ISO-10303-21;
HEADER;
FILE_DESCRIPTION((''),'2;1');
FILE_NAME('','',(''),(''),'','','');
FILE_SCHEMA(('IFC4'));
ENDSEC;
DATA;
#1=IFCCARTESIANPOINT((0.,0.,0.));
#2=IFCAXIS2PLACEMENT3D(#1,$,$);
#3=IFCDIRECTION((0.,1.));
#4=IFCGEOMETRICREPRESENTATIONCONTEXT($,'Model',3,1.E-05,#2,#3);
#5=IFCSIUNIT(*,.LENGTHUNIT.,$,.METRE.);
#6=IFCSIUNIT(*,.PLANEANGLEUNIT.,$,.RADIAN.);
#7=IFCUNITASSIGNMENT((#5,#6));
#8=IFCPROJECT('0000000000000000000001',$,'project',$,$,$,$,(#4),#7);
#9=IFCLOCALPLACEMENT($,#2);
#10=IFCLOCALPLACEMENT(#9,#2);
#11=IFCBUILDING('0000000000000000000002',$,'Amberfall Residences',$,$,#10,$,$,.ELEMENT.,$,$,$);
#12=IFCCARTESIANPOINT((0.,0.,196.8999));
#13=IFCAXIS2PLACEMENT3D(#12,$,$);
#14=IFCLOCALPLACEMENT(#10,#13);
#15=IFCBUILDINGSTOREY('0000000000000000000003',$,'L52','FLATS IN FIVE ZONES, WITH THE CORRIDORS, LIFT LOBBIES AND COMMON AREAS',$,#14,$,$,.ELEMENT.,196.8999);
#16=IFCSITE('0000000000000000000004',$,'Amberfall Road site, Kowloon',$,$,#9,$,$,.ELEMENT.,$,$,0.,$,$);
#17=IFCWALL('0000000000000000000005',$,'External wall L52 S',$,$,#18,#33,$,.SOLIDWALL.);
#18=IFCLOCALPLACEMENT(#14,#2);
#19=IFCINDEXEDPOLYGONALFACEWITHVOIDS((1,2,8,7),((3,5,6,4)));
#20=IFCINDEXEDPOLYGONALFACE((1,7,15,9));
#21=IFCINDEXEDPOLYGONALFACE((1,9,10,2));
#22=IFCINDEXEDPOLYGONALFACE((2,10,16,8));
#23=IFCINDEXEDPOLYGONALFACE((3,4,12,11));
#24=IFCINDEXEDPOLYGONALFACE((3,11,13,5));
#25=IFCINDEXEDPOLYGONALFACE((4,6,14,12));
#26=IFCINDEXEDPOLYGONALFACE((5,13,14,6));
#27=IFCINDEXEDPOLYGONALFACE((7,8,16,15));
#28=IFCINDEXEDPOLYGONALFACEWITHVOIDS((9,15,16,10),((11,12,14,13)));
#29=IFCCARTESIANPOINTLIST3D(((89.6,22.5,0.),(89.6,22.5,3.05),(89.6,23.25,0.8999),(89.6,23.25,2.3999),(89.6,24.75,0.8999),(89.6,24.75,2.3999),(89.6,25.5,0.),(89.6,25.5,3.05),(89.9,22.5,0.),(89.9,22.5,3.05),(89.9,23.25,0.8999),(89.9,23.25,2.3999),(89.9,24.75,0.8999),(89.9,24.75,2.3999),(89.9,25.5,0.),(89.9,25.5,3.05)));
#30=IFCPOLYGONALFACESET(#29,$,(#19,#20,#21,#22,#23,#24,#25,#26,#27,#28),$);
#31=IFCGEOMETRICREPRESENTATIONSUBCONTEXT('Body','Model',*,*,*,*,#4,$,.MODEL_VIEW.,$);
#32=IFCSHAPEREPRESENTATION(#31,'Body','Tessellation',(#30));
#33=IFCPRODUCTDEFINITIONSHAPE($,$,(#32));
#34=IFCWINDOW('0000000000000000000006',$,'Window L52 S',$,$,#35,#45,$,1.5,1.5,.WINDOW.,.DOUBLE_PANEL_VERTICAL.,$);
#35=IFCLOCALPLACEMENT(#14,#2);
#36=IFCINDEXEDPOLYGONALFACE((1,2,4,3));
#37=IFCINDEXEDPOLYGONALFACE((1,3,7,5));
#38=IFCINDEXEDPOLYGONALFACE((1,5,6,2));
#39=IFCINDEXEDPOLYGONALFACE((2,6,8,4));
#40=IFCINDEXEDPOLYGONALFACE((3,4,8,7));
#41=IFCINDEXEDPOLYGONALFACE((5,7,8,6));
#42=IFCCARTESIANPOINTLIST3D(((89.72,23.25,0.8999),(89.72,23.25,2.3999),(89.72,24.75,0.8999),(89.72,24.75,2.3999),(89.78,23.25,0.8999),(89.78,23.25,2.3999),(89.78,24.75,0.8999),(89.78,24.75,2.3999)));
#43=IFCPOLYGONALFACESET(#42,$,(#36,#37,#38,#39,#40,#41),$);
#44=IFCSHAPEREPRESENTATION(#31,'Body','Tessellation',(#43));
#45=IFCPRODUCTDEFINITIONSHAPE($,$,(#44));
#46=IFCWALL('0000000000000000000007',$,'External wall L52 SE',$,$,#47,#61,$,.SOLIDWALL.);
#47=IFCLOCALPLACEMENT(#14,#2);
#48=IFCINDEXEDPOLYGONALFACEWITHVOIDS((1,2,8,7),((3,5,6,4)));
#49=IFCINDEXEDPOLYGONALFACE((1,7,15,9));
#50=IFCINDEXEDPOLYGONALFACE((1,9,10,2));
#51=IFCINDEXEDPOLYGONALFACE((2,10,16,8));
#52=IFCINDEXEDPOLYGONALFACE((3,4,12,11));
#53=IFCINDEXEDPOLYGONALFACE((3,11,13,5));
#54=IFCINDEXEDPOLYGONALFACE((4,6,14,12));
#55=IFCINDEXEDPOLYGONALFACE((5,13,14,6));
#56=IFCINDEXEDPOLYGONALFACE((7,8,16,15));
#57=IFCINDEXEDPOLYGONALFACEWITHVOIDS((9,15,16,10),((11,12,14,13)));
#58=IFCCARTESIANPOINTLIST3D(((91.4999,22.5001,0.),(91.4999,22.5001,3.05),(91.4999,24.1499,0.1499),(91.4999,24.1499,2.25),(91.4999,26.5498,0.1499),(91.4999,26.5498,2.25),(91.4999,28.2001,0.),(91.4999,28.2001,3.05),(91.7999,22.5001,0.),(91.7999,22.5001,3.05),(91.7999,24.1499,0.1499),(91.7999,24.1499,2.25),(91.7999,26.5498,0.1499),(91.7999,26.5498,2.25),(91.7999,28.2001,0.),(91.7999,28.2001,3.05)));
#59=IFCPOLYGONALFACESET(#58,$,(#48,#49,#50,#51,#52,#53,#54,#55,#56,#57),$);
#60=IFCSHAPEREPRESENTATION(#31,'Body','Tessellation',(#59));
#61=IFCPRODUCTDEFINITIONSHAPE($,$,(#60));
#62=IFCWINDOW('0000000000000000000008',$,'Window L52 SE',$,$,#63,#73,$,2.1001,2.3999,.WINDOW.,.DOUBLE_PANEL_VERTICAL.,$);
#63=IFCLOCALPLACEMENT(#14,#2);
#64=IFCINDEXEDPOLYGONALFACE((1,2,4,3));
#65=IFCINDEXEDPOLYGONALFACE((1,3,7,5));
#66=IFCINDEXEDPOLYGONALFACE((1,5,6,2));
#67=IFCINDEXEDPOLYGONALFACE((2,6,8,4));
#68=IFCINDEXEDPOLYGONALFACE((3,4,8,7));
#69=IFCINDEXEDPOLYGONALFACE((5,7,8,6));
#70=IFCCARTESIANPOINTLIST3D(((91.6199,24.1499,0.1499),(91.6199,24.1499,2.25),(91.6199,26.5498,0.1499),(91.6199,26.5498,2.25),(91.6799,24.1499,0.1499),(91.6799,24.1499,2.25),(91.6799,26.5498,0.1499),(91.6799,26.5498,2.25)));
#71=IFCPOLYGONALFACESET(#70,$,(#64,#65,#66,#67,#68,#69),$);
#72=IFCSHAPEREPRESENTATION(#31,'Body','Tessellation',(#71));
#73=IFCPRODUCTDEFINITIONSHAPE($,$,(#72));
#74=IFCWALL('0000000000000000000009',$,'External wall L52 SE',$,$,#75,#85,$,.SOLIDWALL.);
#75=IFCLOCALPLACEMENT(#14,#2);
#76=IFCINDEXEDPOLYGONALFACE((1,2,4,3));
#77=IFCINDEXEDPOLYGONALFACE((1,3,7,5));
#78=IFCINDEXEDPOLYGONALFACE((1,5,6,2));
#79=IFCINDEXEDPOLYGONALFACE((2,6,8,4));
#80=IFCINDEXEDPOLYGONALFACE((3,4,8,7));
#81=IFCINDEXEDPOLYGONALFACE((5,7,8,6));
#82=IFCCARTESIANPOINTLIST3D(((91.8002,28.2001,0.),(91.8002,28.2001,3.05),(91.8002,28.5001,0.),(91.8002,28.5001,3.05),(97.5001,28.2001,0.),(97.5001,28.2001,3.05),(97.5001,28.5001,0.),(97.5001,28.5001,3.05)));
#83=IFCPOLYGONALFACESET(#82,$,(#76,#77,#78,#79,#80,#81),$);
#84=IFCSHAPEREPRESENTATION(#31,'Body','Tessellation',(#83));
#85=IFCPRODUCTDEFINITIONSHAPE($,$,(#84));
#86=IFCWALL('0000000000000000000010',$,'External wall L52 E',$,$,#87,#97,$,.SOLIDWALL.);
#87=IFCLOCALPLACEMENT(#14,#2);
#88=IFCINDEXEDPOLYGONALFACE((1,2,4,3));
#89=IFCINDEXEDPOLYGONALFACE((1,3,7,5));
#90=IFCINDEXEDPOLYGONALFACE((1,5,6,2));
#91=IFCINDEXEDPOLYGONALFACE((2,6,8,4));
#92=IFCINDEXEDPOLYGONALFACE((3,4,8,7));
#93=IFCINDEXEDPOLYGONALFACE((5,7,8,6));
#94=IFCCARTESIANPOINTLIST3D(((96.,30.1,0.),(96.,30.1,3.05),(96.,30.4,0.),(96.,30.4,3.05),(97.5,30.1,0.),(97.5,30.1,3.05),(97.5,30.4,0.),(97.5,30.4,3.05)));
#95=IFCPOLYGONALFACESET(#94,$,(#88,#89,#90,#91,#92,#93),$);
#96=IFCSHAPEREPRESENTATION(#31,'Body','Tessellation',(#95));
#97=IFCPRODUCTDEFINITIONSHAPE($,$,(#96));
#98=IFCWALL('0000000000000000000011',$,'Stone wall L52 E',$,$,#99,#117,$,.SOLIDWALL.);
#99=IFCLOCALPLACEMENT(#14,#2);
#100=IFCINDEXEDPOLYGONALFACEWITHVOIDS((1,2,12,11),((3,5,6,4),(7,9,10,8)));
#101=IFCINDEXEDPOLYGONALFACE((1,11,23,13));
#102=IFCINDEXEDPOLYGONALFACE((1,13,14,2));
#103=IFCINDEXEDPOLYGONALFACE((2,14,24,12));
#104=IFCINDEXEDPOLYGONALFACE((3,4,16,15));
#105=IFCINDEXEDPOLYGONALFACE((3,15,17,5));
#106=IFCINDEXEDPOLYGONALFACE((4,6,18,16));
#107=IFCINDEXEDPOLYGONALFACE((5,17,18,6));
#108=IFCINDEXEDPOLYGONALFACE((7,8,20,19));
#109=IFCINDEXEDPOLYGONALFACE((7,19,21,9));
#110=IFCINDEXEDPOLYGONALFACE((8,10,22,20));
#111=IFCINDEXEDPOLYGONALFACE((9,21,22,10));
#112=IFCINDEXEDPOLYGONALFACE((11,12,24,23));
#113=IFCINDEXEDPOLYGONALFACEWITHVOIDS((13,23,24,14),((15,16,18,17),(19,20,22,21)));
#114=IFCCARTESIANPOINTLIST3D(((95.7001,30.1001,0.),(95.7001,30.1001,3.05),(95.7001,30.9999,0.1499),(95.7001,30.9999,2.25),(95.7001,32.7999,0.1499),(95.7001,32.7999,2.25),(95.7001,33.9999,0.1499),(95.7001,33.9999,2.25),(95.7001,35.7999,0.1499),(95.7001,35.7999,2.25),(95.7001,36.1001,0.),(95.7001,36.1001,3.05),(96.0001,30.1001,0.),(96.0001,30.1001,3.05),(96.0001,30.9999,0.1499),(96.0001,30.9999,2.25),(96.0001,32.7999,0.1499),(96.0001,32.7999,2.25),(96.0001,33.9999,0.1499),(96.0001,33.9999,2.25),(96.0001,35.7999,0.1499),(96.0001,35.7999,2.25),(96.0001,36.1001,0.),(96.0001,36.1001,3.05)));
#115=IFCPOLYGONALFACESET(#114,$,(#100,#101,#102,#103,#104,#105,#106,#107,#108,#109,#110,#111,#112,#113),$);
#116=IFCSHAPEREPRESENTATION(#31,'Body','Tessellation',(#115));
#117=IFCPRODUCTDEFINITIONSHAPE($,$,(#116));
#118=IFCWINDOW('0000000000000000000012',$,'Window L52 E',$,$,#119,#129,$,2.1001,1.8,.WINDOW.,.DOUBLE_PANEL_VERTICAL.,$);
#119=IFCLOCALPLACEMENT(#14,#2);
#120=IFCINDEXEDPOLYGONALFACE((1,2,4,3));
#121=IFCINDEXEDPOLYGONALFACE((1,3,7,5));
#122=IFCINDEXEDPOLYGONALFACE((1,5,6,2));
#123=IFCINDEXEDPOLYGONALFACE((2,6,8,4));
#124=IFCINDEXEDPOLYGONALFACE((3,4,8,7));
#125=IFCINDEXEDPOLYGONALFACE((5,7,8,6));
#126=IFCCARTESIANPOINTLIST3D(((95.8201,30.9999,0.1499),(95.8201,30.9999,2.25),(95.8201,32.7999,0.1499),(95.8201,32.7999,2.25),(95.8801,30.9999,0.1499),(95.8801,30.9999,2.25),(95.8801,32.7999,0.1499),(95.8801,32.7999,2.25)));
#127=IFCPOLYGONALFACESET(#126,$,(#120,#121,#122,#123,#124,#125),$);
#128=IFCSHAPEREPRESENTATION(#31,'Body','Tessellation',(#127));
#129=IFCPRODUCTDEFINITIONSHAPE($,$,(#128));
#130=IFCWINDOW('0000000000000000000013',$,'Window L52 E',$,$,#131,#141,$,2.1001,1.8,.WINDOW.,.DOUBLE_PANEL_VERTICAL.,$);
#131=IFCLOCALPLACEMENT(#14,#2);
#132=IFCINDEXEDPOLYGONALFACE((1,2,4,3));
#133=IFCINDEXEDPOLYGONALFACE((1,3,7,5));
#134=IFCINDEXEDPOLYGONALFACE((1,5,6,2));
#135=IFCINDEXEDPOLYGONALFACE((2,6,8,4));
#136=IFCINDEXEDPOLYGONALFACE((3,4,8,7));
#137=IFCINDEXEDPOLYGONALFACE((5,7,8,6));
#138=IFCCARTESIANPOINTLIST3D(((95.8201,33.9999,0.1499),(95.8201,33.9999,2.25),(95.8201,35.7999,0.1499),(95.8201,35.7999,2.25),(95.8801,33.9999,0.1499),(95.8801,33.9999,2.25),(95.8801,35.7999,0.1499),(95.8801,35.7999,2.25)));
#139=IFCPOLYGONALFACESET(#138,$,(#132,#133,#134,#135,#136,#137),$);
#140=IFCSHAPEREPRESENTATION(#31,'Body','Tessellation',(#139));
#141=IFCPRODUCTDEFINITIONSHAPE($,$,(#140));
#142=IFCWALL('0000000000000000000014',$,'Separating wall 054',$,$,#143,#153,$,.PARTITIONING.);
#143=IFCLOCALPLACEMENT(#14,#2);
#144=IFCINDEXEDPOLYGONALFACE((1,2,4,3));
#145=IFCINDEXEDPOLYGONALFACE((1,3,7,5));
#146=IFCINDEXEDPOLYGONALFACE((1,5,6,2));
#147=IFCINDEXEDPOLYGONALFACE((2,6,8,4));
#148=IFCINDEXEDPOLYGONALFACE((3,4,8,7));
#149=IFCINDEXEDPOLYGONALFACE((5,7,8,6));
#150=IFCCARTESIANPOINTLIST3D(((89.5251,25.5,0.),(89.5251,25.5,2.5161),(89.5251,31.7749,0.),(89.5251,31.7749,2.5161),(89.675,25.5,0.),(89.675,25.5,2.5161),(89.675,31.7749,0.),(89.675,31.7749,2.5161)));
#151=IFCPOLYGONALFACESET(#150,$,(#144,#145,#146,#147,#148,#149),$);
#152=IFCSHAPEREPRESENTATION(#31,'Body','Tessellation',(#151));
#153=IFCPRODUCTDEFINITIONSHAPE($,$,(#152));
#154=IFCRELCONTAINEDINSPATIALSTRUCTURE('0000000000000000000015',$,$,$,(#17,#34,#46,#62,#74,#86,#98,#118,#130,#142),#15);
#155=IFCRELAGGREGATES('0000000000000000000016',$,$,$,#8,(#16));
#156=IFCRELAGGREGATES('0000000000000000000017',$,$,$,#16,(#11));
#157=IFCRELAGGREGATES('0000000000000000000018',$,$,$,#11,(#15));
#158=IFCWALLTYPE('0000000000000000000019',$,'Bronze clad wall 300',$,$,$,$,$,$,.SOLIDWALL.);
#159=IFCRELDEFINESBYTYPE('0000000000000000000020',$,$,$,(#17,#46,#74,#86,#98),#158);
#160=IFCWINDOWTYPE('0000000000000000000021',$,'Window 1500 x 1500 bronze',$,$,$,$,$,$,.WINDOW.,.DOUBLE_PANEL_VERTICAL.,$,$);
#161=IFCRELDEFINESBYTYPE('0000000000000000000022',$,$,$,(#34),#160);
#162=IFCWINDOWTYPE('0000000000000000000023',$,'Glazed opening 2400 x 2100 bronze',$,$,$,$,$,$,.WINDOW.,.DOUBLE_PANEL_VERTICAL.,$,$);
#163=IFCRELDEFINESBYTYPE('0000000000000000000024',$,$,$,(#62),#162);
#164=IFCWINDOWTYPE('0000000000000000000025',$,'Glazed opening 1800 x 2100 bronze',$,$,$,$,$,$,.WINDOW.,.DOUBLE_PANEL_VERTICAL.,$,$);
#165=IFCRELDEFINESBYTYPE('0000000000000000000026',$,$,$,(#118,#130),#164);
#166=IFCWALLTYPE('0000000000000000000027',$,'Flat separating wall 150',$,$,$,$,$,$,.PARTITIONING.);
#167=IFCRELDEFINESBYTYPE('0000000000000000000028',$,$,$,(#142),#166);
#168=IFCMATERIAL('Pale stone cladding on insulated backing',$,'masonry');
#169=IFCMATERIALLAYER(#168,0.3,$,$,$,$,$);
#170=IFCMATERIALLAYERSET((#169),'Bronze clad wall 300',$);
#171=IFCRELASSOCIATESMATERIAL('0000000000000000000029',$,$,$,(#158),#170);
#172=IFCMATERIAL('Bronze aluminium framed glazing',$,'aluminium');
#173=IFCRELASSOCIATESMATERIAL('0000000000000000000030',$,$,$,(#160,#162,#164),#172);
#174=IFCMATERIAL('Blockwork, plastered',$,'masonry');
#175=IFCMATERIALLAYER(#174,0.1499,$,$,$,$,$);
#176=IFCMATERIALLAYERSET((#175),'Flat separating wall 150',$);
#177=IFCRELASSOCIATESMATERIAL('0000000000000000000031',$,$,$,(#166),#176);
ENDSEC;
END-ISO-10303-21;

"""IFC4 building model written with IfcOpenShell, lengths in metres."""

from ifc_helpers import new_model, si_unit, direction, frame, frame_2d, origin, place, context, subcontext, project, spatial, rectangle, extrude, material, layer, layer_set, type_object, element, fill, save


model = new_model("IFC4")

# Units and contexts
model_context = context("Model", 3, precision=1e-05, world=origin(), true_north=direction((0.0, 1.0)))
body_context = subcontext(model_context, "Body", "Model", "MODEL_VIEW")
ifc_project = project(units=[si_unit("LENGTHUNIT", "METRE"), si_unit("PLANEANGLEUNIT", "RADIAN")], contexts=[model_context])

# Site, building, storey
site_placement = place(None, origin())
site = spatial("IfcSite", under=ifc_project, at=site_placement, Name="Amberfall Road site, Kowloon", CompositionType="ELEMENT", RefElevation=0.0)
building_placement = place(site_placement, origin())
building = spatial("IfcBuilding", under=site, at=building_placement, Name="Amberfall Residences", CompositionType="ELEMENT")
storey_placement = place(building_placement, frame((0.0, 0.0, 196.8999)))
storey = spatial("IfcBuildingStorey", under=building, at=storey_placement, Name="L52", Description="FLATS IN FIVE ZONES, WITH THE CORRIDORS, LIFT LOBBIES AND COMMON AREAS", CompositionType="ELEMENT", Elevation=196.8999)

# Walls, openings, windows
ifc_material_1 = material(Name="Pale stone cladding on insulated backing", Category="masonry")
ifc_layer_1 = layer(ifc_material_1, 0.3)
ifc_layer_set_1 = layer_set([ifc_layer_1], Name="Bronze clad wall 300")
wall_type_1 = type_object("IfcWallType", Name="Bronze clad wall 300", PredefinedType="SOLIDWALL", material=ifc_layer_set_1)
wall_1_placement = place(storey_placement, frame((89.75, 25.5, 0.0), z_axis=(0.0, 0.0, 1.0), x_axis=(0.0, -1.0, 0.0)))
wall_1 = element("IfcWall", 1, at=wall_1_placement, inside=storey, type_object=wall_type_1, Name="External wall L52 S", PredefinedType="SOLIDWALL", context=body_context, shape_type="SweptSolid", body=[
    extrude(rectangle(XDim=3.0, YDim=0.3, at=frame_2d((1.5, 0.0))), origin(), (0.0, 0.0, 1.0), 3.05),
])
opening_1_placement = place(wall_1_placement, frame((0.75, 0.0, 0.8999)))
opening_1 = element("IfcOpeningElement", 2, at=opening_1_placement, cuts=wall_1, PredefinedType="OPENING", context=body_context, shape_type="SweptSolid", body=[
    extrude(rectangle(XDim=1.5, YDim=1.5, at=frame_2d((0.75, 0.75))), frame((0.0, 0.1599, 0.0), z_axis=(0.0, -1.0, 0.0), x_axis=(1.0, 0.0, 0.0)), (0.0, 0.0, 1.0), 0.3201),
])
ifc_material_2 = material(Name="Bronze aluminium framed glazing", Category="aluminium")
window_type_1 = type_object("IfcWindowType", Name="Window 1500 x 1500 bronze", PartitioningType="DOUBLE_PANEL_VERTICAL", PredefinedType="WINDOW", material=ifc_material_2)
window_1_placement = place(opening_1_placement, origin())
window_1 = element("IfcWindow", 3, at=window_1_placement, inside=storey, type_object=window_type_1, Name="Window L52 S", OverallHeight=1.5, OverallWidth=1.5, PartitioningType="DOUBLE_PANEL_VERTICAL", PredefinedType="WINDOW", context=body_context, shape_type="SweptSolid", body=[
    extrude(rectangle(XDim=1.5, YDim=1.5, at=frame_2d((0.75, 0.75))), frame((0.0, 0.03, 0.0), z_axis=(0.0, -1.0, 0.0), x_axis=(1.0, 0.0, 0.0)), (0.0, 0.0, 1.0), 0.0601),
])
fill(opening_1, window_1)
wall_2_placement = place(storey_placement, frame((91.6499, 22.5, 0.0), z_axis=(0.0, 0.0, 1.0), x_axis=(0.0, 1.0, 0.0)))
wall_2 = element("IfcWall", 4, at=wall_2_placement, inside=storey, type_object=wall_type_1, Name="External wall L52 SE", PredefinedType="SOLIDWALL", context=body_context, shape_type="SweptSolid", body=[
    extrude(rectangle(XDim=5.7, YDim=0.3, at=frame_2d((2.8501, 0.0))), origin(), (0.0, 0.0, 1.0), 3.05),
])
opening_2_placement = place(wall_2_placement, frame((1.6499, 0.0, 0.1499)))
opening_2 = element("IfcOpeningElement", 5, at=opening_2_placement, cuts=wall_2, PredefinedType="OPENING", context=body_context, shape_type="SweptSolid", body=[
    extrude(rectangle(XDim=2.3999, YDim=2.1001, at=frame_2d((1.2, 1.05))), frame((0.0, 0.1599, 0.0), z_axis=(0.0, -1.0, 0.0), x_axis=(1.0, 0.0, 0.0)), (0.0, 0.0, 1.0), 0.3201),
])
window_type_2 = type_object("IfcWindowType", Name="Glazed opening 2400 x 2100 bronze", PartitioningType="DOUBLE_PANEL_VERTICAL", PredefinedType="WINDOW", material=ifc_material_2)
window_2_placement = place(opening_2_placement, origin())
window_2 = element("IfcWindow", 6, at=window_2_placement, inside=storey, type_object=window_type_2, Name="Window L52 SE", OverallHeight=2.1001, OverallWidth=2.3999, PartitioningType="DOUBLE_PANEL_VERTICAL", PredefinedType="WINDOW", context=body_context, shape_type="SweptSolid", body=[
    extrude(rectangle(XDim=2.3999, YDim=2.1001, at=frame_2d((1.2, 1.05))), frame((0.0, 0.03, 0.0), z_axis=(0.0, -1.0, 0.0), x_axis=(1.0, 0.0, 0.0)), (0.0, 0.0, 1.0), 0.0601),
])
fill(opening_2, window_2)

# Walls
wall_3_placement = place(storey_placement, frame((91.8, 28.3501, 0.0), z_axis=(0.0, 0.0, 1.0), x_axis=(1.0, 0.0, 0.0)))
element("IfcWall", 7, at=wall_3_placement, inside=storey, type_object=wall_type_1, Name="External wall L52 SE", PredefinedType="SOLIDWALL", context=body_context, shape_type="SweptSolid", body=[
    extrude(rectangle(XDim=5.7, YDim=0.3, at=frame_2d((2.8501, 0.0))), origin(), (0.0, 0.0, 1.0), 3.05),
])
wall_4_placement = place(storey_placement, frame((97.5, 30.25, 0.0), z_axis=(0.0, 0.0, 1.0), x_axis=(-1.0, 0.0, 0.0)))
element("IfcWall", 8, at=wall_4_placement, inside=storey, type_object=wall_type_1, Name="External wall L52 E", PredefinedType="SOLIDWALL", context=body_context, shape_type="SweptSolid", body=[
    extrude(rectangle(XDim=1.5, YDim=0.3, at=frame_2d((0.75, 0.0))), origin(), (0.0, 0.0, 1.0), 3.05),
])

# Wall, openings, windows
wall_5_placement = place(storey_placement, frame((95.8501, 30.1001, 0.0), z_axis=(0.0, 0.0, 1.0), x_axis=(0.0, 1.0, 0.0)))
wall_5 = element("IfcWall", 9, at=wall_5_placement, inside=storey, type_object=wall_type_1, Name="Stone wall L52 E", PredefinedType="SOLIDWALL", context=body_context, shape_type="SweptSolid", body=[
    extrude(rectangle(XDim=6.0, YDim=0.3, at=frame_2d((3.0, 0.0))), origin(), (0.0, 0.0, 1.0), 3.05),
])
opening_3_placement = place(wall_5_placement, frame((0.8999, 0.0, 0.1499)))
opening_3 = element("IfcOpeningElement", 10, at=opening_3_placement, cuts=wall_5, PredefinedType="OPENING", context=body_context, shape_type="SweptSolid", body=[
    extrude(rectangle(XDim=1.8, YDim=2.1001, at=frame_2d((0.8999, 1.05))), frame((0.0, 0.1599, 0.0), z_axis=(0.0, -1.0, 0.0), x_axis=(1.0, 0.0, 0.0)), (0.0, 0.0, 1.0), 0.3201),
])
opening_4_placement = place(wall_5_placement, frame((3.8999, 0.0, 0.1499)))
opening_4 = element("IfcOpeningElement", 11, at=opening_4_placement, cuts=wall_5, PredefinedType="OPENING", context=body_context, shape_type="SweptSolid", body=[
    extrude(rectangle(XDim=1.8, YDim=2.1001, at=frame_2d((0.8999, 1.05))), frame((0.0, 0.1599, 0.0), z_axis=(0.0, -1.0, 0.0), x_axis=(1.0, 0.0, 0.0)), (0.0, 0.0, 1.0), 0.3201),
])
window_type_3 = type_object("IfcWindowType", Name="Glazed opening 1800 x 2100 bronze", PartitioningType="DOUBLE_PANEL_VERTICAL", PredefinedType="WINDOW", material=ifc_material_2)
window_3_placement = place(opening_3_placement, origin())
window_3 = element("IfcWindow", 12, at=window_3_placement, inside=storey, type_object=window_type_3, Name="Window L52 E", OverallHeight=2.1001, OverallWidth=1.8, PartitioningType="DOUBLE_PANEL_VERTICAL", PredefinedType="WINDOW", context=body_context, shape_type="SweptSolid", body=[
    extrude(rectangle(XDim=1.8, YDim=2.1001, at=frame_2d((0.8999, 1.05))), frame((0.0, 0.03, 0.0), z_axis=(0.0, -1.0, 0.0), x_axis=(1.0, 0.0, 0.0)), (0.0, 0.0, 1.0), 0.0601),
])
fill(opening_3, window_3)
window_4_placement = place(opening_4_placement, origin())
window_4 = element("IfcWindow", 13, at=window_4_placement, inside=storey, type_object=window_type_3, Name="Window L52 E", OverallHeight=2.1001, OverallWidth=1.8, PartitioningType="DOUBLE_PANEL_VERTICAL", PredefinedType="WINDOW", context=body_context, shape_type="SweptSolid", body=[
    extrude(rectangle(XDim=1.8, YDim=2.1001, at=frame_2d((0.8999, 1.05))), frame((0.0, 0.03, 0.0), z_axis=(0.0, -1.0, 0.0), x_axis=(1.0, 0.0, 0.0)), (0.0, 0.0, 1.0), 0.0601),
])
fill(opening_4, window_4)

# Wall
ifc_material_3 = material(Name="Blockwork, plastered", Category="masonry")
ifc_layer_2 = layer(ifc_material_3, 0.1499)
ifc_layer_set_2 = layer_set([ifc_layer_2], Name="Flat separating wall 150")
wall_type_2 = type_object("IfcWallType", Name="Flat separating wall 150", PredefinedType="PARTITIONING", material=ifc_layer_set_2)
wall_6_placement = place(storey_placement, frame((89.6001, 25.5, 0.0), z_axis=(0.0, 0.0, 1.0), x_axis=(0.0, 1.0, 0.0)))
element("IfcWall", 14, at=wall_6_placement, inside=storey, type_object=wall_type_2, Name="Separating wall 054", PredefinedType="PARTITIONING", context=body_context, shape_type="SweptSolid", body=[
    extrude(rectangle(XDim=6.2749, YDim=0.1499, at=frame_2d((3.1375, 0.0))), origin(), (0.0, 0.0, 1.0), 2.5161),
])

save(model, "model.ifc")
